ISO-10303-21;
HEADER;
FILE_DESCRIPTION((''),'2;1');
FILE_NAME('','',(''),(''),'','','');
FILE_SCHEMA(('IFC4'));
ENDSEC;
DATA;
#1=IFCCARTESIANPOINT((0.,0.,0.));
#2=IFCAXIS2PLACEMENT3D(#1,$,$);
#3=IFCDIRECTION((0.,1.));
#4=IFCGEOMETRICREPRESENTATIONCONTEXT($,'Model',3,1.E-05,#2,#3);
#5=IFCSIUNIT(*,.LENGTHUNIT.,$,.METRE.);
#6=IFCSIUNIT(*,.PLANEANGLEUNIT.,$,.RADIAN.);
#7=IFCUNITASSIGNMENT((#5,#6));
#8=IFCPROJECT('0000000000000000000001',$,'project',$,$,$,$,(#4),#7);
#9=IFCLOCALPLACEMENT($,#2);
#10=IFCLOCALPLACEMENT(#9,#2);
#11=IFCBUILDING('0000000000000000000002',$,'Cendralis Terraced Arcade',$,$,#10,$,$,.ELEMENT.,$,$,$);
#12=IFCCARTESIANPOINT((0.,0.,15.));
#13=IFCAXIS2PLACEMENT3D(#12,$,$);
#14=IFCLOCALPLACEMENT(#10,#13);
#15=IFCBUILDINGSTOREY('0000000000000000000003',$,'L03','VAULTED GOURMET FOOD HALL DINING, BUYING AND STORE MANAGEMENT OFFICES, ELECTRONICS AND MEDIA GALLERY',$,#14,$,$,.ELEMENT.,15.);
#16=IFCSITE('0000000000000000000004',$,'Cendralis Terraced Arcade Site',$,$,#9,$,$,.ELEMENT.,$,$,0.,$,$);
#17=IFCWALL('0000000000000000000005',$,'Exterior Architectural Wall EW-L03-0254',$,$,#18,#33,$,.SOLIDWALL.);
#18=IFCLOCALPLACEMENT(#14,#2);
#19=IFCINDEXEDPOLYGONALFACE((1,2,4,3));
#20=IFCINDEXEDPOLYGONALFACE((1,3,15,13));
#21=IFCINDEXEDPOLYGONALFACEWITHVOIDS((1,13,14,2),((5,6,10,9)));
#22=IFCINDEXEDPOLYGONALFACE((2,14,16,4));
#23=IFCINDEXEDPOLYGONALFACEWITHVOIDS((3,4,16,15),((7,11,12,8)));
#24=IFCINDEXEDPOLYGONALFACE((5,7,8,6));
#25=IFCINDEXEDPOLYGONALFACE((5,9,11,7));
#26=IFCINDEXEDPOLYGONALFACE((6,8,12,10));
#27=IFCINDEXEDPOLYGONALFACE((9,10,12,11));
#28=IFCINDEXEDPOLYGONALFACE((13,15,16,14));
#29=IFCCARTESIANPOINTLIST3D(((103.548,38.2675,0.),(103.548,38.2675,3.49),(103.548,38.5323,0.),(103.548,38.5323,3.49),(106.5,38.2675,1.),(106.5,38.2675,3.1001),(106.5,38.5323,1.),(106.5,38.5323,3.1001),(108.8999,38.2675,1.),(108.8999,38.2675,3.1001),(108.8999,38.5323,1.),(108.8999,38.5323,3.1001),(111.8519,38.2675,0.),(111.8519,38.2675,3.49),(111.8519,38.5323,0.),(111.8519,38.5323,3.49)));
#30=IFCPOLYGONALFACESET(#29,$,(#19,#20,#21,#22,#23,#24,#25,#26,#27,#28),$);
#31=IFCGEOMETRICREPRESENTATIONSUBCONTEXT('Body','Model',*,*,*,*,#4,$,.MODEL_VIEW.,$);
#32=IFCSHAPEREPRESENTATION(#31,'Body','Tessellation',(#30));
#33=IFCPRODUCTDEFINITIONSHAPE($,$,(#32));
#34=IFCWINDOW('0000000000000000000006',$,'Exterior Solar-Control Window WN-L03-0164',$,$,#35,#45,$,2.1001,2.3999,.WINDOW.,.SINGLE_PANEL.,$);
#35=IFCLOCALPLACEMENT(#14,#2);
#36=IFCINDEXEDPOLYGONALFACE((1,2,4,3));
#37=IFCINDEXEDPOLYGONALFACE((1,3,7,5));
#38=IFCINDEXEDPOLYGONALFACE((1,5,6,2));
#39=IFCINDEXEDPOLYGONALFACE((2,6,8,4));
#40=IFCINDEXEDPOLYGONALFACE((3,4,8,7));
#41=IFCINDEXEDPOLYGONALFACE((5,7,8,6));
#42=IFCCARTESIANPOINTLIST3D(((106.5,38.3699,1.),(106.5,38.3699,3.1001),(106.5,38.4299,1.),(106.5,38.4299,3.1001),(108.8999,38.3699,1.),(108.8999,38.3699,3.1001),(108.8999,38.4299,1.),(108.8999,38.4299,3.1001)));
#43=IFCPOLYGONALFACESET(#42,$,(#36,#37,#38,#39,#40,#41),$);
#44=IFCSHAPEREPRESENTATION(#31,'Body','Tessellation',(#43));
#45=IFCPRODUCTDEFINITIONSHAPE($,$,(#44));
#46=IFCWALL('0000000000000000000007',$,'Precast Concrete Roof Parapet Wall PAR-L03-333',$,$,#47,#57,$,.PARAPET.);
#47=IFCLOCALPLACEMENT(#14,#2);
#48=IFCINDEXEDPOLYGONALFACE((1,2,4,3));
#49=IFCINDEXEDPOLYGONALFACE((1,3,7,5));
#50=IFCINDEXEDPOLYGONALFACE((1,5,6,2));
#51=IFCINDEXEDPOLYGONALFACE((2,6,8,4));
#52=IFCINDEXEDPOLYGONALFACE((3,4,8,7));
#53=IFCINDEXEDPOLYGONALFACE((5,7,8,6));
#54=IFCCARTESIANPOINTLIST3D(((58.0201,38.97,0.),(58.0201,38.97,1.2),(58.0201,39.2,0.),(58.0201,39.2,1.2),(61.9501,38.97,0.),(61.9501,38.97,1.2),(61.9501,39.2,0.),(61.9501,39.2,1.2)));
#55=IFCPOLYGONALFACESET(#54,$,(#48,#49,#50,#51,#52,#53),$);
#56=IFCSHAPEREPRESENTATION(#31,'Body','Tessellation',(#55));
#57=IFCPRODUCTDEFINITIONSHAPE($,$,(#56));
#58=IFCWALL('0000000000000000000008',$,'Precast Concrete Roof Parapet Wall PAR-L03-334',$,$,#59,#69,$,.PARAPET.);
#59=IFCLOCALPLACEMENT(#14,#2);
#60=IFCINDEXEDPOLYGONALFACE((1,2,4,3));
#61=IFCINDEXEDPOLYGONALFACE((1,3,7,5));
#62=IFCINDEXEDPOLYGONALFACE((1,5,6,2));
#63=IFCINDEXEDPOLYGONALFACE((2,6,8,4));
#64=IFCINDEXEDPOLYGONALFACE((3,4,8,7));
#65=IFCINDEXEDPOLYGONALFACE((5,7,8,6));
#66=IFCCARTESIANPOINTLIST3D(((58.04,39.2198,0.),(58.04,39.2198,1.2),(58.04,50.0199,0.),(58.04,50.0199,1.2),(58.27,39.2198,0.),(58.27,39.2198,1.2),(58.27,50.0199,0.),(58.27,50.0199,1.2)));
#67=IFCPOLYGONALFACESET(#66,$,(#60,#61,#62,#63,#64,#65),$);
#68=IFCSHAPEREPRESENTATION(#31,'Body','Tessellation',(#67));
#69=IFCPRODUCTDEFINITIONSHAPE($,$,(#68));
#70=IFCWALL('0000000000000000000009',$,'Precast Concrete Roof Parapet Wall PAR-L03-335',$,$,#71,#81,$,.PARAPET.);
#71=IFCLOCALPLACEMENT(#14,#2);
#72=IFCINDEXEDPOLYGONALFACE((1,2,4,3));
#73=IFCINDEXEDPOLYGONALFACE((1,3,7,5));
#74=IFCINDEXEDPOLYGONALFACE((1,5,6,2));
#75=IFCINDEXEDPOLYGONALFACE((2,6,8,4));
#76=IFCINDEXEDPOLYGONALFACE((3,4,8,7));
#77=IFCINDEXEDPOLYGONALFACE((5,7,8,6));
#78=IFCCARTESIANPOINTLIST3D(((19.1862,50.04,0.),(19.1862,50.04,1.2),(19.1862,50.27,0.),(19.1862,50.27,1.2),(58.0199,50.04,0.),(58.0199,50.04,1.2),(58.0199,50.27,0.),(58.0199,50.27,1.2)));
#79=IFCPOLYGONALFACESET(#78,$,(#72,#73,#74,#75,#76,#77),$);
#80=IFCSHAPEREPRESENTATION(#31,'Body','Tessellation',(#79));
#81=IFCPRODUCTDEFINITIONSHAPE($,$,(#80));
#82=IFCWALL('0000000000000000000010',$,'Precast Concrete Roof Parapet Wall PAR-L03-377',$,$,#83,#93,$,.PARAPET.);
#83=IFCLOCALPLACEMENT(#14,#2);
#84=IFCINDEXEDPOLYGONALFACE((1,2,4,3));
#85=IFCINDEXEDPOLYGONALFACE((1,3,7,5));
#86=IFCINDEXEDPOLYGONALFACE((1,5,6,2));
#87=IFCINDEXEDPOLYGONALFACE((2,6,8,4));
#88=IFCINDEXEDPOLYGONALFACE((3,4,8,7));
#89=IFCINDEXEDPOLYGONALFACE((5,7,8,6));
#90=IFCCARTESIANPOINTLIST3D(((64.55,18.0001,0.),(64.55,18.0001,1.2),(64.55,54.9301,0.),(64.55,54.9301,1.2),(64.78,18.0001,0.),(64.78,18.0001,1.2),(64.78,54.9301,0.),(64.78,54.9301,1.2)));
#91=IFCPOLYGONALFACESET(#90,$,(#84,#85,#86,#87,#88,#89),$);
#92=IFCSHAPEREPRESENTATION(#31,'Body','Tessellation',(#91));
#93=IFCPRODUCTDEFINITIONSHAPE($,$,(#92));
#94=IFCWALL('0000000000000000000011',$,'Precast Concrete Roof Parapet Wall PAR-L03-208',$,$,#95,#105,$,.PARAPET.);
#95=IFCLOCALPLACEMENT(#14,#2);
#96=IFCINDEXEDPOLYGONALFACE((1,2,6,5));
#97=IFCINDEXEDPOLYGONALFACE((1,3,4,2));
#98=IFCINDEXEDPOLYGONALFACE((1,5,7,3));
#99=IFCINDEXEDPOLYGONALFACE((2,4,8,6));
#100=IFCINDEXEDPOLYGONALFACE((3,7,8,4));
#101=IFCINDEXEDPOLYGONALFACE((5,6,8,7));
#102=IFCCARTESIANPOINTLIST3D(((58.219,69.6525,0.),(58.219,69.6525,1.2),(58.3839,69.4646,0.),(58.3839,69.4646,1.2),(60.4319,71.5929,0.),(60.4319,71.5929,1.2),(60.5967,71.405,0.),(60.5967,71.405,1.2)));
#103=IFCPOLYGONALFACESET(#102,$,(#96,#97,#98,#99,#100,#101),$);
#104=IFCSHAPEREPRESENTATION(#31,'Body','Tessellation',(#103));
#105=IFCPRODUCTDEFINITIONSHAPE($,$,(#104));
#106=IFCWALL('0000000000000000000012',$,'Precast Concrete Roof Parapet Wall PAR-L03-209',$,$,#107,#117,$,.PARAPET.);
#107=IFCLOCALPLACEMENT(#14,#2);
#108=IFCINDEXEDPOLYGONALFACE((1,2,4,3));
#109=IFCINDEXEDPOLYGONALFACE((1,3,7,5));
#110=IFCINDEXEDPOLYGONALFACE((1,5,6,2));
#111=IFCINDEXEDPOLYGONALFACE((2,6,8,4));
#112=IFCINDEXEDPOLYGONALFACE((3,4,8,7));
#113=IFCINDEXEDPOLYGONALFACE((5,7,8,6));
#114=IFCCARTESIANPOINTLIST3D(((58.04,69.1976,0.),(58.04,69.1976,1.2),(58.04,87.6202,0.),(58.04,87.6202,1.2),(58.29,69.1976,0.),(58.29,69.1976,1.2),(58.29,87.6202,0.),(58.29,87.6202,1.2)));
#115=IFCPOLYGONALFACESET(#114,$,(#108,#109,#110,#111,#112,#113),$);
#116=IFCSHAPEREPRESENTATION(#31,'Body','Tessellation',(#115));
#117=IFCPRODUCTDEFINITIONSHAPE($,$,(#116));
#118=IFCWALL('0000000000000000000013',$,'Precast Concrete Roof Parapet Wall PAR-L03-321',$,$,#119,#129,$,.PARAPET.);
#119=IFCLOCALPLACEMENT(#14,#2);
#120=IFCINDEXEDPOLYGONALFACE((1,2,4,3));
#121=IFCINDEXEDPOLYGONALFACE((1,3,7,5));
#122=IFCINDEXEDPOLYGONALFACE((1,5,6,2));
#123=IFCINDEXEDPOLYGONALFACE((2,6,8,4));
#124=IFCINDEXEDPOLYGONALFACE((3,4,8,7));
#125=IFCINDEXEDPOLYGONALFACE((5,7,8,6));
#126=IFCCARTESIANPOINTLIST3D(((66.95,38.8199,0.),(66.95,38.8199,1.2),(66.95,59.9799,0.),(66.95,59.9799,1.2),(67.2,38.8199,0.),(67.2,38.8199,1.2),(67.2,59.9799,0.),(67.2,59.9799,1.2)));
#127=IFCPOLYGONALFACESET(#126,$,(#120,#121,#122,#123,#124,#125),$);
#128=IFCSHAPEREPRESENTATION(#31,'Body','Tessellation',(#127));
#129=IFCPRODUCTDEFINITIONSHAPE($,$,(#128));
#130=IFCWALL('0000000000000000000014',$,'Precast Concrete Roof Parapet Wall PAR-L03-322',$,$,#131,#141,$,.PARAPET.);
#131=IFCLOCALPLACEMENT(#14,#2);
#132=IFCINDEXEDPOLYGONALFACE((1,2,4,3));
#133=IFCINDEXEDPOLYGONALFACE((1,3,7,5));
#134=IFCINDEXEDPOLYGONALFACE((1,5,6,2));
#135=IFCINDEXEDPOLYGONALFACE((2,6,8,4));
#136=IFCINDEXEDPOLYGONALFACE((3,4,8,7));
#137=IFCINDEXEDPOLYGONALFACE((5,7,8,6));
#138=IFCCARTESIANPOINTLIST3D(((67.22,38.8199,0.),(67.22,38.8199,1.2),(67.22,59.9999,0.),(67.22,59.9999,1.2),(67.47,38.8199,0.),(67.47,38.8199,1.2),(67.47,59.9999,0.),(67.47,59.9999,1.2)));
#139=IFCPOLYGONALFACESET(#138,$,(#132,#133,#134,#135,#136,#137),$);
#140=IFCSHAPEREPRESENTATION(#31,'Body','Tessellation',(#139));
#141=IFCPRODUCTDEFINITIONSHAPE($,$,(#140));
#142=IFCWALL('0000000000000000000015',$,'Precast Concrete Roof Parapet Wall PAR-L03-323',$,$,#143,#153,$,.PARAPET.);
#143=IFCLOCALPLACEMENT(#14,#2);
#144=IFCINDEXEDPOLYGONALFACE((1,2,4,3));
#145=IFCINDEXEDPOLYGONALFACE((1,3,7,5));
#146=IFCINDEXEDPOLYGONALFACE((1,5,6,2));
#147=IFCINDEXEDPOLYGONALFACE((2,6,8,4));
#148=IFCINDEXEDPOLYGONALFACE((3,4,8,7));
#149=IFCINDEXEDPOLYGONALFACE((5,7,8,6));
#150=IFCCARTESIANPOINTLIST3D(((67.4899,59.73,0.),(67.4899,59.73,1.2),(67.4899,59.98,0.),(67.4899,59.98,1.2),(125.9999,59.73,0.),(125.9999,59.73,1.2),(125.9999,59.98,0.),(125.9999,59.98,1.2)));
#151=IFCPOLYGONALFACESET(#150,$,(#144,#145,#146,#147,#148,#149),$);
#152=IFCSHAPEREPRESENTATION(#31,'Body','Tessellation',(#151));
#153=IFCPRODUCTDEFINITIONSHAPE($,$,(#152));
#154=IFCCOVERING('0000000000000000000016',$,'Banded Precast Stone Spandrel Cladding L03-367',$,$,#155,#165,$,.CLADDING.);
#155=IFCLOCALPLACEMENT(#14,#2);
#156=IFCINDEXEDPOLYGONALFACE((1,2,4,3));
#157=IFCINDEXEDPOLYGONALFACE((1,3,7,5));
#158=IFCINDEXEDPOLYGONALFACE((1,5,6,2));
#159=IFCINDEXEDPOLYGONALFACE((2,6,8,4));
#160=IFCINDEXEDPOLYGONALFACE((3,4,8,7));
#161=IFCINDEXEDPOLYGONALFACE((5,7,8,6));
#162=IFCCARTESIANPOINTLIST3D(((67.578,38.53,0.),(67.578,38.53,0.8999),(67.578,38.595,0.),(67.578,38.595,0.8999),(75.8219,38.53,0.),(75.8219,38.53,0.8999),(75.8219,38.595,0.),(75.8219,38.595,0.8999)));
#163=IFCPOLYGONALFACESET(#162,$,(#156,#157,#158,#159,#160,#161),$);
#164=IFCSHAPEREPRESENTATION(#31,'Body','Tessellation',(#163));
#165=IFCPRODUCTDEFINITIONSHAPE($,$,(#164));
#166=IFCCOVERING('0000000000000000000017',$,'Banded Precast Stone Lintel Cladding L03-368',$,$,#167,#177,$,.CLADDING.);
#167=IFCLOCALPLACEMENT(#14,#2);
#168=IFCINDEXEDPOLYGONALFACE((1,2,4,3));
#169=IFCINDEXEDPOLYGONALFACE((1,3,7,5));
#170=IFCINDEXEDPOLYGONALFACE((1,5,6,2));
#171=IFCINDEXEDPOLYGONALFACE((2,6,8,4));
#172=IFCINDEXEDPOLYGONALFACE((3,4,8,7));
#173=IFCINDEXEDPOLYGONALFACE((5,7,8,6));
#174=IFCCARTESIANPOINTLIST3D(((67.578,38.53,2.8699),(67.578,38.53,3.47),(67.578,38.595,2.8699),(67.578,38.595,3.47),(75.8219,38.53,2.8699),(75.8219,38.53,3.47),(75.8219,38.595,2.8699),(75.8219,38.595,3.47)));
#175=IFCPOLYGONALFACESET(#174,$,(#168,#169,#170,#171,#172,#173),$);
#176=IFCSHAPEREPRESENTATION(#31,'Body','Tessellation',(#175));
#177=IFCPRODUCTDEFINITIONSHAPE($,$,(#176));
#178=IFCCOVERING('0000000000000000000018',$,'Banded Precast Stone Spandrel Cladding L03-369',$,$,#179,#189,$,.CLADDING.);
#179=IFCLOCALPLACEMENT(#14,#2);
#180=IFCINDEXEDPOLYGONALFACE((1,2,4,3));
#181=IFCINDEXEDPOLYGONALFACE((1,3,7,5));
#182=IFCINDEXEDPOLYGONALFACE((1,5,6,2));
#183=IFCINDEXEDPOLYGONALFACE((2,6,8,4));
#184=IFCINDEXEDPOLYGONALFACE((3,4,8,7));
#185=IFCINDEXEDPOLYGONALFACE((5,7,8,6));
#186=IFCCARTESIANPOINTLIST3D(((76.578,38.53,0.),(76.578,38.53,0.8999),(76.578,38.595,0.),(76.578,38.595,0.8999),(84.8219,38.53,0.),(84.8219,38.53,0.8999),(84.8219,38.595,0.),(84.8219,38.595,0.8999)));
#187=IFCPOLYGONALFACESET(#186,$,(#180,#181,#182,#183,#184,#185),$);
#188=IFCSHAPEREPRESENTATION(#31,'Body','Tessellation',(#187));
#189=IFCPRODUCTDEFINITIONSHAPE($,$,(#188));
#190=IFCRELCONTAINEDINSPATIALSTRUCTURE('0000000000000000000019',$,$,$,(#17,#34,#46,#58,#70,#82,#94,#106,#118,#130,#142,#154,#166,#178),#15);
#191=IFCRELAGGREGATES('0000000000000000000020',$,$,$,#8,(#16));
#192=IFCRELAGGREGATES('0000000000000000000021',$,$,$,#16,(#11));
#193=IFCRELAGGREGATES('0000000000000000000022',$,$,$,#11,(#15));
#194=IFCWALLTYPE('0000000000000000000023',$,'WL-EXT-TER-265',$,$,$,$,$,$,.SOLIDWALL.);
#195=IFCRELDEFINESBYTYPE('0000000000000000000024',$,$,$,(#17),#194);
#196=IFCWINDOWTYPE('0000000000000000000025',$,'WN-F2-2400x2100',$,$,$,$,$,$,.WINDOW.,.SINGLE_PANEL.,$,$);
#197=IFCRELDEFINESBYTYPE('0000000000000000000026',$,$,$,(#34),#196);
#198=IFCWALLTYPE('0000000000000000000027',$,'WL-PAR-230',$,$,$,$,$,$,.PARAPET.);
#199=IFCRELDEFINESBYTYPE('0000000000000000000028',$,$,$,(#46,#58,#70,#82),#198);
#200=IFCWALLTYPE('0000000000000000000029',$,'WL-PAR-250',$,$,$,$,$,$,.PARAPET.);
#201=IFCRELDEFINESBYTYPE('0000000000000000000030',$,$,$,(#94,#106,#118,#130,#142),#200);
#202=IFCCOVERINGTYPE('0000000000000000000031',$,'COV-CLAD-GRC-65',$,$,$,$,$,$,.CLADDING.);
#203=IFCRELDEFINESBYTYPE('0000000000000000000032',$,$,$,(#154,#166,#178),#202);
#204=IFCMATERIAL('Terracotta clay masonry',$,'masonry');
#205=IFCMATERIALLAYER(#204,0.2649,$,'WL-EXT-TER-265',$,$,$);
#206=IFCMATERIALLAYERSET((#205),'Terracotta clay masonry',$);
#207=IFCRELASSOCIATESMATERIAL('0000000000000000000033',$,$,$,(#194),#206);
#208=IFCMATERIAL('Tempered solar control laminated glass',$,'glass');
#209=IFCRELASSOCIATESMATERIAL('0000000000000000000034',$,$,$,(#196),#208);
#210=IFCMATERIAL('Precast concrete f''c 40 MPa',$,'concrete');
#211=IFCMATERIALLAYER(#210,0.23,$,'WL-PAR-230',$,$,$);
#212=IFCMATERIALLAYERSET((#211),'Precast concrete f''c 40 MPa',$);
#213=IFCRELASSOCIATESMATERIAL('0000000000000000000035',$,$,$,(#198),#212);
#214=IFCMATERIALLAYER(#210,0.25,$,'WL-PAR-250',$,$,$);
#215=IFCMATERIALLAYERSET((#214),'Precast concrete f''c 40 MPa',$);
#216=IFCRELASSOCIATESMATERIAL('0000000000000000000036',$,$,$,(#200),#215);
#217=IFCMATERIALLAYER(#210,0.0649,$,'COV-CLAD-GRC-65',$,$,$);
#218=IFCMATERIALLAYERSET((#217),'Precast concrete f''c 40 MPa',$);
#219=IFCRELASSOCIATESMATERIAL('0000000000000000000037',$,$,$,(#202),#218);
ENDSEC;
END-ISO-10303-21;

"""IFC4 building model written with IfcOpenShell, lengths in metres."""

from ifc_helpers import new_model, si_unit, direction, frame, frame_2d, origin, origin_2d, place, context, subcontext, project, spatial, rectangle, extrude, material, layer, layer_set, type_object, element, fill, save


model = new_model("IFC4")

# Units and contexts
model_context = context("Model", 3, precision=1e-05, world=origin(), true_north=direction((0.0, 1.0)))
body_context = subcontext(model_context, "Body", "Model", "MODEL_VIEW")
ifc_project = project(units=[si_unit("LENGTHUNIT", "METRE"), si_unit("PLANEANGLEUNIT", "RADIAN")], contexts=[model_context])

# Site, building, storey
site_placement = place(None, origin())
site = spatial("IfcSite", under=ifc_project, at=site_placement, Name="Cendralis Terraced Arcade Site", CompositionType="ELEMENT", RefElevation=0.0)
building_placement = place(site_placement, origin())
building = spatial("IfcBuilding", under=site, at=building_placement, Name="Cendralis Terraced Arcade", CompositionType="ELEMENT")
storey_placement = place(building_placement, frame((0.0, 0.0, 15.0)))
storey = spatial("IfcBuildingStorey", under=building, at=storey_placement, Name="L03", Description="VAULTED GOURMET FOOD HALL DINING, BUYING AND STORE MANAGEMENT OFFICES, ELECTRONICS AND MEDIA GALLERY", CompositionType="ELEMENT", Elevation=15.0)

# Wall, opening, window
ifc_material_1 = material(Name="Terracotta clay masonry", Category="masonry")
ifc_layer_1 = layer(ifc_material_1, 0.2649, Name="WL-EXT-TER-265")
ifc_layer_set_1 = layer_set([ifc_layer_1], Name="Terracotta clay masonry")
wall_type_1 = type_object("IfcWallType", Name="WL-EXT-TER-265", PredefinedType="SOLIDWALL", material=ifc_layer_set_1)
ifc_material_2 = material(Name="Tempered solar control laminated glass", Category="glass")
wall_1_placement = place(storey_placement, frame((103.5481, 38.3999, 0.0), z_axis=(0.0, 0.0, 1.0), x_axis=(1.0, 0.0, 0.0)))
wall_1 = element("IfcWall", 1, at=wall_1_placement, inside=storey, type_object=wall_type_1, Name="Exterior Architectural Wall EW-L03-0254", PredefinedType="SOLIDWALL", context=body_context, shape_type="SweptSolid", body=[
    extrude(rectangle(XDim=8.304, YDim=0.2649, at=frame_2d((4.1519, 0.0))), origin(), (0.0, 0.0, 1.0), 3.49),
])
opening_1_placement = place(wall_1_placement, frame((2.9519, 0.0, 1.0)))
opening_1 = element("IfcOpeningElement", 2, at=opening_1_placement, cuts=wall_1, PredefinedType="OPENING", context=body_context, shape_type="SweptSolid", body=[
    extrude(rectangle(XDim=2.3999, YDim=2.1001, at=frame_2d((1.2, 1.05))), frame((0.0, 0.1445, 0.0), z_axis=(0.0, -1.0, 0.0), x_axis=(1.0, 0.0, 0.0)), (0.0, 0.0, 1.0), 0.2888),
])
window_type_1 = type_object("IfcWindowType", Name="WN-F2-2400x2100", PartitioningType="SINGLE_PANEL", PredefinedType="WINDOW", material=ifc_material_2)
window_1_placement = place(opening_1_placement, origin())
window_1 = element("IfcWindow", 3, at=window_1_placement, inside=storey, type_object=window_type_1, Name="Exterior Solar-Control Window WN-L03-0164", OverallHeight=2.1001, OverallWidth=2.3999, PartitioningType="SINGLE_PANEL", PredefinedType="WINDOW", context=body_context, shape_type="SweptSolid", body=[
    extrude(rectangle(XDim=2.3999, YDim=2.1001, at=frame_2d((1.2, 1.05))), frame((0.0, 0.03, 0.0), z_axis=(0.0, -1.0, 0.0), x_axis=(1.0, 0.0, 0.0)), (0.0, 0.0, 1.0), 0.0601),
])
fill(opening_1, window_1)

# Walls
ifc_material_3 = material(Name="Precast concrete f'c 40 MPa", Category="concrete")
ifc_layer_2 = layer(ifc_material_3, 0.23, Name="WL-PAR-230")
ifc_layer_set_2 = layer_set([ifc_layer_2], Name="Precast concrete f'c 40 MPa")
wall_type_2 = type_object("IfcWallType", Name="WL-PAR-230", PredefinedType="PARAPET", material=ifc_layer_set_2)
wall_2_placement = place(storey_placement, frame((61.95, 39.085, 0.0), z_axis=(0.0, 0.0, 1.0), x_axis=(-1.0, 0.0, 0.0)))
element("IfcWall", 4, at=wall_2_placement, inside=storey, type_object=wall_type_2, Name="Precast Concrete Roof Parapet Wall PAR-L03-333", PredefinedType="PARAPET", context=body_context, shape_type="SweptSolid", body=[
    extrude(rectangle(XDim=3.9299, YDim=0.23, at=frame_2d((1.9648, 0.0))), origin(), (0.0, 0.0, 1.0), 1.2),
])
wall_3_placement = place(storey_placement, frame((58.155, 39.22, 0.0), z_axis=(0.0, 0.0, 1.0), x_axis=(0.0, 1.0, 0.0)))
element("IfcWall", 5, at=wall_3_placement, inside=storey, type_object=wall_type_2, Name="Precast Concrete Roof Parapet Wall PAR-L03-334", PredefinedType="PARAPET", context=body_context, shape_type="SweptSolid", body=[
    extrude(rectangle(XDim=10.8, YDim=0.23, at=frame_2d((5.3999, 0.0))), origin(), (0.0, 0.0, 1.0), 1.2),
])
wall_4_placement = place(storey_placement, frame((58.02, 50.155, 0.0), z_axis=(0.0, 0.0, 1.0), x_axis=(-1.0, 0.0, 0.0)))
element("IfcWall", 6, at=wall_4_placement, inside=storey, type_object=wall_type_2, Name="Precast Concrete Roof Parapet Wall PAR-L03-335", PredefinedType="PARAPET", context=body_context, shape_type="SweptSolid", body=[
    extrude(rectangle(XDim=38.8337, YDim=0.23, at=frame_2d((19.417, 0.0))), origin(), (0.0, 0.0, 1.0), 1.2),
])
wall_5_placement = place(storey_placement, frame((64.665, 54.9299, 0.0), z_axis=(0.0, 0.0, 1.0), x_axis=(0.0, -1.0, 0.0)))
element("IfcWall", 7, at=wall_5_placement, inside=storey, type_object=wall_type_2, Name="Precast Concrete Roof Parapet Wall PAR-L03-377", PredefinedType="PARAPET", context=body_context, shape_type="SweptSolid", body=[
    extrude(rectangle(XDim=36.9299, YDim=0.23, at=frame_2d((18.4648, 0.0))), origin(), (0.0, 0.0, 1.0), 1.2),
])
ifc_layer_3 = layer(ifc_material_3, 0.25, Name="WL-PAR-250")
ifc_layer_set_3 = layer_set([ifc_layer_3], Name="Precast concrete f'c 40 MPa")
wall_type_3 = type_object("IfcWallType", Name="WL-PAR-250", PredefinedType="PARAPET", material=ifc_layer_set_3)
wall_6_placement = place(storey_placement, frame((60.5144, 71.499, 0.0), z_axis=(0.0, 0.0, 1.0), x_axis=(-0.751877, -0.659303, 0.0)))
element("IfcWall", 8, at=wall_6_placement, inside=storey, type_object=wall_type_3, Name="Precast Concrete Roof Parapet Wall PAR-L03-208", PredefinedType="PARAPET", context=body_context, shape_type="SweptSolid", body=[
    extrude(rectangle(XDim=2.9431, YDim=0.25, at=frame_2d((1.4717, 0.0))), origin(), (0.0, 0.0, 1.0), 1.2),
])
wall_7_placement = place(storey_placement, frame((58.165, 69.1975, 0.0), z_axis=(0.0, 0.0, 1.0), x_axis=(0.0, 1.0, 0.0)))
element("IfcWall", 9, at=wall_7_placement, inside=storey, type_object=wall_type_3, Name="Precast Concrete Roof Parapet Wall PAR-L03-209", PredefinedType="PARAPET", context=body_context, shape_type="SweptSolid", body=[
    extrude(rectangle(XDim=18.4226, YDim=0.25, at=frame_2d((9.2114, 0.0))), origin(), (0.0, 0.0, 1.0), 1.2),
])
wall_8_placement = place(storey_placement, frame((67.075, 59.98, 0.0), z_axis=(0.0, 0.0, 1.0), x_axis=(0.0, -1.0, 0.0)))
element("IfcWall", 10, at=wall_8_placement, inside=storey, type_object=wall_type_3, Name="Precast Concrete Roof Parapet Wall PAR-L03-321", PredefinedType="PARAPET", context=body_context, shape_type="SweptSolid", body=[
    extrude(rectangle(XDim=21.1599, YDim=0.25, at=frame_2d((10.5801, 0.0))), origin(), (0.0, 0.0, 1.0), 1.2),
])
wall_9_placement = place(storey_placement, frame((67.345, 38.8201, 0.0), z_axis=(0.0, 0.0, 1.0), x_axis=(0.0, 1.0, 0.0)))
element("IfcWall", 11, at=wall_9_placement, inside=storey, type_object=wall_type_3, Name="Precast Concrete Roof Parapet Wall PAR-L03-322", PredefinedType="PARAPET", context=body_context, shape_type="SweptSolid", body=[
    extrude(rectangle(XDim=21.1799, YDim=0.25, at=frame_2d((10.5898, 0.0))), origin(), (0.0, 0.0, 1.0), 1.2),
])
wall_10_placement = place(storey_placement, frame((67.49, 59.855, 0.0), z_axis=(0.0, 0.0, 1.0), x_axis=(1.0, 0.0, 0.0)))
element("IfcWall", 12, at=wall_10_placement, inside=storey, type_object=wall_type_3, Name="Precast Concrete Roof Parapet Wall PAR-L03-323", PredefinedType="PARAPET", context=body_context, shape_type="SweptSolid", body=[
    extrude(rectangle(XDim=58.51, YDim=0.25, at=frame_2d((29.2549, 0.0))), origin(), (0.0, 0.0, 1.0), 1.2),
])

# Coverings
ifc_layer_4 = layer(ifc_material_3, 0.0649, Name="COV-CLAD-GRC-65")
ifc_layer_set_4 = layer_set([ifc_layer_4], Name="Precast concrete f'c 40 MPa")
covering_type = type_object("IfcCoveringType", Name="COV-CLAD-GRC-65", PredefinedType="CLADDING", material=ifc_layer_set_4)
covering_1_placement = place(storey_placement, frame((71.7, 38.5625, 0.0), z_axis=(0.0, 0.0, 1.0), x_axis=(1.0, 0.0, 0.0)))
element("IfcCovering", 13, at=covering_1_placement, inside=storey, type_object=covering_type, Name="Banded Precast Stone Spandrel Cladding L03-367", PredefinedType="CLADDING", context=body_context, shape_type="SweptSolid", body=[
    extrude(rectangle(XDim=8.2439, YDim=0.0649, at=origin_2d()), origin(), (0.0, 0.0, 1.0), 0.8999),
])
covering_2_placement = place(storey_placement, frame((71.7, 38.5625, 2.8699), z_axis=(0.0, 0.0, 1.0), x_axis=(1.0, 0.0, 0.0)))
element("IfcCovering", 14, at=covering_2_placement, inside=storey, type_object=covering_type, Name="Banded Precast Stone Lintel Cladding L03-368", PredefinedType="CLADDING", context=body_context, shape_type="SweptSolid", body=[
    extrude(rectangle(XDim=8.2439, YDim=0.0649, at=origin_2d()), origin(), (0.0, 0.0, 1.0), 0.6001),
])
covering_3_placement = place(storey_placement, frame((80.7, 38.5625, 0.0), z_axis=(0.0, 0.0, 1.0), x_axis=(1.0, 0.0, 0.0)))
element("IfcCovering", 15, at=covering_3_placement, inside=storey, type_object=covering_type, Name="Banded Precast Stone Spandrel Cladding L03-369", PredefinedType="CLADDING", context=body_context, shape_type="SweptSolid", body=[
    extrude(rectangle(XDim=8.2439, YDim=0.0649, at=origin_2d()), origin(), (0.0, 0.0, 1.0), 0.8999),
])

save(model, "model.ifc")
